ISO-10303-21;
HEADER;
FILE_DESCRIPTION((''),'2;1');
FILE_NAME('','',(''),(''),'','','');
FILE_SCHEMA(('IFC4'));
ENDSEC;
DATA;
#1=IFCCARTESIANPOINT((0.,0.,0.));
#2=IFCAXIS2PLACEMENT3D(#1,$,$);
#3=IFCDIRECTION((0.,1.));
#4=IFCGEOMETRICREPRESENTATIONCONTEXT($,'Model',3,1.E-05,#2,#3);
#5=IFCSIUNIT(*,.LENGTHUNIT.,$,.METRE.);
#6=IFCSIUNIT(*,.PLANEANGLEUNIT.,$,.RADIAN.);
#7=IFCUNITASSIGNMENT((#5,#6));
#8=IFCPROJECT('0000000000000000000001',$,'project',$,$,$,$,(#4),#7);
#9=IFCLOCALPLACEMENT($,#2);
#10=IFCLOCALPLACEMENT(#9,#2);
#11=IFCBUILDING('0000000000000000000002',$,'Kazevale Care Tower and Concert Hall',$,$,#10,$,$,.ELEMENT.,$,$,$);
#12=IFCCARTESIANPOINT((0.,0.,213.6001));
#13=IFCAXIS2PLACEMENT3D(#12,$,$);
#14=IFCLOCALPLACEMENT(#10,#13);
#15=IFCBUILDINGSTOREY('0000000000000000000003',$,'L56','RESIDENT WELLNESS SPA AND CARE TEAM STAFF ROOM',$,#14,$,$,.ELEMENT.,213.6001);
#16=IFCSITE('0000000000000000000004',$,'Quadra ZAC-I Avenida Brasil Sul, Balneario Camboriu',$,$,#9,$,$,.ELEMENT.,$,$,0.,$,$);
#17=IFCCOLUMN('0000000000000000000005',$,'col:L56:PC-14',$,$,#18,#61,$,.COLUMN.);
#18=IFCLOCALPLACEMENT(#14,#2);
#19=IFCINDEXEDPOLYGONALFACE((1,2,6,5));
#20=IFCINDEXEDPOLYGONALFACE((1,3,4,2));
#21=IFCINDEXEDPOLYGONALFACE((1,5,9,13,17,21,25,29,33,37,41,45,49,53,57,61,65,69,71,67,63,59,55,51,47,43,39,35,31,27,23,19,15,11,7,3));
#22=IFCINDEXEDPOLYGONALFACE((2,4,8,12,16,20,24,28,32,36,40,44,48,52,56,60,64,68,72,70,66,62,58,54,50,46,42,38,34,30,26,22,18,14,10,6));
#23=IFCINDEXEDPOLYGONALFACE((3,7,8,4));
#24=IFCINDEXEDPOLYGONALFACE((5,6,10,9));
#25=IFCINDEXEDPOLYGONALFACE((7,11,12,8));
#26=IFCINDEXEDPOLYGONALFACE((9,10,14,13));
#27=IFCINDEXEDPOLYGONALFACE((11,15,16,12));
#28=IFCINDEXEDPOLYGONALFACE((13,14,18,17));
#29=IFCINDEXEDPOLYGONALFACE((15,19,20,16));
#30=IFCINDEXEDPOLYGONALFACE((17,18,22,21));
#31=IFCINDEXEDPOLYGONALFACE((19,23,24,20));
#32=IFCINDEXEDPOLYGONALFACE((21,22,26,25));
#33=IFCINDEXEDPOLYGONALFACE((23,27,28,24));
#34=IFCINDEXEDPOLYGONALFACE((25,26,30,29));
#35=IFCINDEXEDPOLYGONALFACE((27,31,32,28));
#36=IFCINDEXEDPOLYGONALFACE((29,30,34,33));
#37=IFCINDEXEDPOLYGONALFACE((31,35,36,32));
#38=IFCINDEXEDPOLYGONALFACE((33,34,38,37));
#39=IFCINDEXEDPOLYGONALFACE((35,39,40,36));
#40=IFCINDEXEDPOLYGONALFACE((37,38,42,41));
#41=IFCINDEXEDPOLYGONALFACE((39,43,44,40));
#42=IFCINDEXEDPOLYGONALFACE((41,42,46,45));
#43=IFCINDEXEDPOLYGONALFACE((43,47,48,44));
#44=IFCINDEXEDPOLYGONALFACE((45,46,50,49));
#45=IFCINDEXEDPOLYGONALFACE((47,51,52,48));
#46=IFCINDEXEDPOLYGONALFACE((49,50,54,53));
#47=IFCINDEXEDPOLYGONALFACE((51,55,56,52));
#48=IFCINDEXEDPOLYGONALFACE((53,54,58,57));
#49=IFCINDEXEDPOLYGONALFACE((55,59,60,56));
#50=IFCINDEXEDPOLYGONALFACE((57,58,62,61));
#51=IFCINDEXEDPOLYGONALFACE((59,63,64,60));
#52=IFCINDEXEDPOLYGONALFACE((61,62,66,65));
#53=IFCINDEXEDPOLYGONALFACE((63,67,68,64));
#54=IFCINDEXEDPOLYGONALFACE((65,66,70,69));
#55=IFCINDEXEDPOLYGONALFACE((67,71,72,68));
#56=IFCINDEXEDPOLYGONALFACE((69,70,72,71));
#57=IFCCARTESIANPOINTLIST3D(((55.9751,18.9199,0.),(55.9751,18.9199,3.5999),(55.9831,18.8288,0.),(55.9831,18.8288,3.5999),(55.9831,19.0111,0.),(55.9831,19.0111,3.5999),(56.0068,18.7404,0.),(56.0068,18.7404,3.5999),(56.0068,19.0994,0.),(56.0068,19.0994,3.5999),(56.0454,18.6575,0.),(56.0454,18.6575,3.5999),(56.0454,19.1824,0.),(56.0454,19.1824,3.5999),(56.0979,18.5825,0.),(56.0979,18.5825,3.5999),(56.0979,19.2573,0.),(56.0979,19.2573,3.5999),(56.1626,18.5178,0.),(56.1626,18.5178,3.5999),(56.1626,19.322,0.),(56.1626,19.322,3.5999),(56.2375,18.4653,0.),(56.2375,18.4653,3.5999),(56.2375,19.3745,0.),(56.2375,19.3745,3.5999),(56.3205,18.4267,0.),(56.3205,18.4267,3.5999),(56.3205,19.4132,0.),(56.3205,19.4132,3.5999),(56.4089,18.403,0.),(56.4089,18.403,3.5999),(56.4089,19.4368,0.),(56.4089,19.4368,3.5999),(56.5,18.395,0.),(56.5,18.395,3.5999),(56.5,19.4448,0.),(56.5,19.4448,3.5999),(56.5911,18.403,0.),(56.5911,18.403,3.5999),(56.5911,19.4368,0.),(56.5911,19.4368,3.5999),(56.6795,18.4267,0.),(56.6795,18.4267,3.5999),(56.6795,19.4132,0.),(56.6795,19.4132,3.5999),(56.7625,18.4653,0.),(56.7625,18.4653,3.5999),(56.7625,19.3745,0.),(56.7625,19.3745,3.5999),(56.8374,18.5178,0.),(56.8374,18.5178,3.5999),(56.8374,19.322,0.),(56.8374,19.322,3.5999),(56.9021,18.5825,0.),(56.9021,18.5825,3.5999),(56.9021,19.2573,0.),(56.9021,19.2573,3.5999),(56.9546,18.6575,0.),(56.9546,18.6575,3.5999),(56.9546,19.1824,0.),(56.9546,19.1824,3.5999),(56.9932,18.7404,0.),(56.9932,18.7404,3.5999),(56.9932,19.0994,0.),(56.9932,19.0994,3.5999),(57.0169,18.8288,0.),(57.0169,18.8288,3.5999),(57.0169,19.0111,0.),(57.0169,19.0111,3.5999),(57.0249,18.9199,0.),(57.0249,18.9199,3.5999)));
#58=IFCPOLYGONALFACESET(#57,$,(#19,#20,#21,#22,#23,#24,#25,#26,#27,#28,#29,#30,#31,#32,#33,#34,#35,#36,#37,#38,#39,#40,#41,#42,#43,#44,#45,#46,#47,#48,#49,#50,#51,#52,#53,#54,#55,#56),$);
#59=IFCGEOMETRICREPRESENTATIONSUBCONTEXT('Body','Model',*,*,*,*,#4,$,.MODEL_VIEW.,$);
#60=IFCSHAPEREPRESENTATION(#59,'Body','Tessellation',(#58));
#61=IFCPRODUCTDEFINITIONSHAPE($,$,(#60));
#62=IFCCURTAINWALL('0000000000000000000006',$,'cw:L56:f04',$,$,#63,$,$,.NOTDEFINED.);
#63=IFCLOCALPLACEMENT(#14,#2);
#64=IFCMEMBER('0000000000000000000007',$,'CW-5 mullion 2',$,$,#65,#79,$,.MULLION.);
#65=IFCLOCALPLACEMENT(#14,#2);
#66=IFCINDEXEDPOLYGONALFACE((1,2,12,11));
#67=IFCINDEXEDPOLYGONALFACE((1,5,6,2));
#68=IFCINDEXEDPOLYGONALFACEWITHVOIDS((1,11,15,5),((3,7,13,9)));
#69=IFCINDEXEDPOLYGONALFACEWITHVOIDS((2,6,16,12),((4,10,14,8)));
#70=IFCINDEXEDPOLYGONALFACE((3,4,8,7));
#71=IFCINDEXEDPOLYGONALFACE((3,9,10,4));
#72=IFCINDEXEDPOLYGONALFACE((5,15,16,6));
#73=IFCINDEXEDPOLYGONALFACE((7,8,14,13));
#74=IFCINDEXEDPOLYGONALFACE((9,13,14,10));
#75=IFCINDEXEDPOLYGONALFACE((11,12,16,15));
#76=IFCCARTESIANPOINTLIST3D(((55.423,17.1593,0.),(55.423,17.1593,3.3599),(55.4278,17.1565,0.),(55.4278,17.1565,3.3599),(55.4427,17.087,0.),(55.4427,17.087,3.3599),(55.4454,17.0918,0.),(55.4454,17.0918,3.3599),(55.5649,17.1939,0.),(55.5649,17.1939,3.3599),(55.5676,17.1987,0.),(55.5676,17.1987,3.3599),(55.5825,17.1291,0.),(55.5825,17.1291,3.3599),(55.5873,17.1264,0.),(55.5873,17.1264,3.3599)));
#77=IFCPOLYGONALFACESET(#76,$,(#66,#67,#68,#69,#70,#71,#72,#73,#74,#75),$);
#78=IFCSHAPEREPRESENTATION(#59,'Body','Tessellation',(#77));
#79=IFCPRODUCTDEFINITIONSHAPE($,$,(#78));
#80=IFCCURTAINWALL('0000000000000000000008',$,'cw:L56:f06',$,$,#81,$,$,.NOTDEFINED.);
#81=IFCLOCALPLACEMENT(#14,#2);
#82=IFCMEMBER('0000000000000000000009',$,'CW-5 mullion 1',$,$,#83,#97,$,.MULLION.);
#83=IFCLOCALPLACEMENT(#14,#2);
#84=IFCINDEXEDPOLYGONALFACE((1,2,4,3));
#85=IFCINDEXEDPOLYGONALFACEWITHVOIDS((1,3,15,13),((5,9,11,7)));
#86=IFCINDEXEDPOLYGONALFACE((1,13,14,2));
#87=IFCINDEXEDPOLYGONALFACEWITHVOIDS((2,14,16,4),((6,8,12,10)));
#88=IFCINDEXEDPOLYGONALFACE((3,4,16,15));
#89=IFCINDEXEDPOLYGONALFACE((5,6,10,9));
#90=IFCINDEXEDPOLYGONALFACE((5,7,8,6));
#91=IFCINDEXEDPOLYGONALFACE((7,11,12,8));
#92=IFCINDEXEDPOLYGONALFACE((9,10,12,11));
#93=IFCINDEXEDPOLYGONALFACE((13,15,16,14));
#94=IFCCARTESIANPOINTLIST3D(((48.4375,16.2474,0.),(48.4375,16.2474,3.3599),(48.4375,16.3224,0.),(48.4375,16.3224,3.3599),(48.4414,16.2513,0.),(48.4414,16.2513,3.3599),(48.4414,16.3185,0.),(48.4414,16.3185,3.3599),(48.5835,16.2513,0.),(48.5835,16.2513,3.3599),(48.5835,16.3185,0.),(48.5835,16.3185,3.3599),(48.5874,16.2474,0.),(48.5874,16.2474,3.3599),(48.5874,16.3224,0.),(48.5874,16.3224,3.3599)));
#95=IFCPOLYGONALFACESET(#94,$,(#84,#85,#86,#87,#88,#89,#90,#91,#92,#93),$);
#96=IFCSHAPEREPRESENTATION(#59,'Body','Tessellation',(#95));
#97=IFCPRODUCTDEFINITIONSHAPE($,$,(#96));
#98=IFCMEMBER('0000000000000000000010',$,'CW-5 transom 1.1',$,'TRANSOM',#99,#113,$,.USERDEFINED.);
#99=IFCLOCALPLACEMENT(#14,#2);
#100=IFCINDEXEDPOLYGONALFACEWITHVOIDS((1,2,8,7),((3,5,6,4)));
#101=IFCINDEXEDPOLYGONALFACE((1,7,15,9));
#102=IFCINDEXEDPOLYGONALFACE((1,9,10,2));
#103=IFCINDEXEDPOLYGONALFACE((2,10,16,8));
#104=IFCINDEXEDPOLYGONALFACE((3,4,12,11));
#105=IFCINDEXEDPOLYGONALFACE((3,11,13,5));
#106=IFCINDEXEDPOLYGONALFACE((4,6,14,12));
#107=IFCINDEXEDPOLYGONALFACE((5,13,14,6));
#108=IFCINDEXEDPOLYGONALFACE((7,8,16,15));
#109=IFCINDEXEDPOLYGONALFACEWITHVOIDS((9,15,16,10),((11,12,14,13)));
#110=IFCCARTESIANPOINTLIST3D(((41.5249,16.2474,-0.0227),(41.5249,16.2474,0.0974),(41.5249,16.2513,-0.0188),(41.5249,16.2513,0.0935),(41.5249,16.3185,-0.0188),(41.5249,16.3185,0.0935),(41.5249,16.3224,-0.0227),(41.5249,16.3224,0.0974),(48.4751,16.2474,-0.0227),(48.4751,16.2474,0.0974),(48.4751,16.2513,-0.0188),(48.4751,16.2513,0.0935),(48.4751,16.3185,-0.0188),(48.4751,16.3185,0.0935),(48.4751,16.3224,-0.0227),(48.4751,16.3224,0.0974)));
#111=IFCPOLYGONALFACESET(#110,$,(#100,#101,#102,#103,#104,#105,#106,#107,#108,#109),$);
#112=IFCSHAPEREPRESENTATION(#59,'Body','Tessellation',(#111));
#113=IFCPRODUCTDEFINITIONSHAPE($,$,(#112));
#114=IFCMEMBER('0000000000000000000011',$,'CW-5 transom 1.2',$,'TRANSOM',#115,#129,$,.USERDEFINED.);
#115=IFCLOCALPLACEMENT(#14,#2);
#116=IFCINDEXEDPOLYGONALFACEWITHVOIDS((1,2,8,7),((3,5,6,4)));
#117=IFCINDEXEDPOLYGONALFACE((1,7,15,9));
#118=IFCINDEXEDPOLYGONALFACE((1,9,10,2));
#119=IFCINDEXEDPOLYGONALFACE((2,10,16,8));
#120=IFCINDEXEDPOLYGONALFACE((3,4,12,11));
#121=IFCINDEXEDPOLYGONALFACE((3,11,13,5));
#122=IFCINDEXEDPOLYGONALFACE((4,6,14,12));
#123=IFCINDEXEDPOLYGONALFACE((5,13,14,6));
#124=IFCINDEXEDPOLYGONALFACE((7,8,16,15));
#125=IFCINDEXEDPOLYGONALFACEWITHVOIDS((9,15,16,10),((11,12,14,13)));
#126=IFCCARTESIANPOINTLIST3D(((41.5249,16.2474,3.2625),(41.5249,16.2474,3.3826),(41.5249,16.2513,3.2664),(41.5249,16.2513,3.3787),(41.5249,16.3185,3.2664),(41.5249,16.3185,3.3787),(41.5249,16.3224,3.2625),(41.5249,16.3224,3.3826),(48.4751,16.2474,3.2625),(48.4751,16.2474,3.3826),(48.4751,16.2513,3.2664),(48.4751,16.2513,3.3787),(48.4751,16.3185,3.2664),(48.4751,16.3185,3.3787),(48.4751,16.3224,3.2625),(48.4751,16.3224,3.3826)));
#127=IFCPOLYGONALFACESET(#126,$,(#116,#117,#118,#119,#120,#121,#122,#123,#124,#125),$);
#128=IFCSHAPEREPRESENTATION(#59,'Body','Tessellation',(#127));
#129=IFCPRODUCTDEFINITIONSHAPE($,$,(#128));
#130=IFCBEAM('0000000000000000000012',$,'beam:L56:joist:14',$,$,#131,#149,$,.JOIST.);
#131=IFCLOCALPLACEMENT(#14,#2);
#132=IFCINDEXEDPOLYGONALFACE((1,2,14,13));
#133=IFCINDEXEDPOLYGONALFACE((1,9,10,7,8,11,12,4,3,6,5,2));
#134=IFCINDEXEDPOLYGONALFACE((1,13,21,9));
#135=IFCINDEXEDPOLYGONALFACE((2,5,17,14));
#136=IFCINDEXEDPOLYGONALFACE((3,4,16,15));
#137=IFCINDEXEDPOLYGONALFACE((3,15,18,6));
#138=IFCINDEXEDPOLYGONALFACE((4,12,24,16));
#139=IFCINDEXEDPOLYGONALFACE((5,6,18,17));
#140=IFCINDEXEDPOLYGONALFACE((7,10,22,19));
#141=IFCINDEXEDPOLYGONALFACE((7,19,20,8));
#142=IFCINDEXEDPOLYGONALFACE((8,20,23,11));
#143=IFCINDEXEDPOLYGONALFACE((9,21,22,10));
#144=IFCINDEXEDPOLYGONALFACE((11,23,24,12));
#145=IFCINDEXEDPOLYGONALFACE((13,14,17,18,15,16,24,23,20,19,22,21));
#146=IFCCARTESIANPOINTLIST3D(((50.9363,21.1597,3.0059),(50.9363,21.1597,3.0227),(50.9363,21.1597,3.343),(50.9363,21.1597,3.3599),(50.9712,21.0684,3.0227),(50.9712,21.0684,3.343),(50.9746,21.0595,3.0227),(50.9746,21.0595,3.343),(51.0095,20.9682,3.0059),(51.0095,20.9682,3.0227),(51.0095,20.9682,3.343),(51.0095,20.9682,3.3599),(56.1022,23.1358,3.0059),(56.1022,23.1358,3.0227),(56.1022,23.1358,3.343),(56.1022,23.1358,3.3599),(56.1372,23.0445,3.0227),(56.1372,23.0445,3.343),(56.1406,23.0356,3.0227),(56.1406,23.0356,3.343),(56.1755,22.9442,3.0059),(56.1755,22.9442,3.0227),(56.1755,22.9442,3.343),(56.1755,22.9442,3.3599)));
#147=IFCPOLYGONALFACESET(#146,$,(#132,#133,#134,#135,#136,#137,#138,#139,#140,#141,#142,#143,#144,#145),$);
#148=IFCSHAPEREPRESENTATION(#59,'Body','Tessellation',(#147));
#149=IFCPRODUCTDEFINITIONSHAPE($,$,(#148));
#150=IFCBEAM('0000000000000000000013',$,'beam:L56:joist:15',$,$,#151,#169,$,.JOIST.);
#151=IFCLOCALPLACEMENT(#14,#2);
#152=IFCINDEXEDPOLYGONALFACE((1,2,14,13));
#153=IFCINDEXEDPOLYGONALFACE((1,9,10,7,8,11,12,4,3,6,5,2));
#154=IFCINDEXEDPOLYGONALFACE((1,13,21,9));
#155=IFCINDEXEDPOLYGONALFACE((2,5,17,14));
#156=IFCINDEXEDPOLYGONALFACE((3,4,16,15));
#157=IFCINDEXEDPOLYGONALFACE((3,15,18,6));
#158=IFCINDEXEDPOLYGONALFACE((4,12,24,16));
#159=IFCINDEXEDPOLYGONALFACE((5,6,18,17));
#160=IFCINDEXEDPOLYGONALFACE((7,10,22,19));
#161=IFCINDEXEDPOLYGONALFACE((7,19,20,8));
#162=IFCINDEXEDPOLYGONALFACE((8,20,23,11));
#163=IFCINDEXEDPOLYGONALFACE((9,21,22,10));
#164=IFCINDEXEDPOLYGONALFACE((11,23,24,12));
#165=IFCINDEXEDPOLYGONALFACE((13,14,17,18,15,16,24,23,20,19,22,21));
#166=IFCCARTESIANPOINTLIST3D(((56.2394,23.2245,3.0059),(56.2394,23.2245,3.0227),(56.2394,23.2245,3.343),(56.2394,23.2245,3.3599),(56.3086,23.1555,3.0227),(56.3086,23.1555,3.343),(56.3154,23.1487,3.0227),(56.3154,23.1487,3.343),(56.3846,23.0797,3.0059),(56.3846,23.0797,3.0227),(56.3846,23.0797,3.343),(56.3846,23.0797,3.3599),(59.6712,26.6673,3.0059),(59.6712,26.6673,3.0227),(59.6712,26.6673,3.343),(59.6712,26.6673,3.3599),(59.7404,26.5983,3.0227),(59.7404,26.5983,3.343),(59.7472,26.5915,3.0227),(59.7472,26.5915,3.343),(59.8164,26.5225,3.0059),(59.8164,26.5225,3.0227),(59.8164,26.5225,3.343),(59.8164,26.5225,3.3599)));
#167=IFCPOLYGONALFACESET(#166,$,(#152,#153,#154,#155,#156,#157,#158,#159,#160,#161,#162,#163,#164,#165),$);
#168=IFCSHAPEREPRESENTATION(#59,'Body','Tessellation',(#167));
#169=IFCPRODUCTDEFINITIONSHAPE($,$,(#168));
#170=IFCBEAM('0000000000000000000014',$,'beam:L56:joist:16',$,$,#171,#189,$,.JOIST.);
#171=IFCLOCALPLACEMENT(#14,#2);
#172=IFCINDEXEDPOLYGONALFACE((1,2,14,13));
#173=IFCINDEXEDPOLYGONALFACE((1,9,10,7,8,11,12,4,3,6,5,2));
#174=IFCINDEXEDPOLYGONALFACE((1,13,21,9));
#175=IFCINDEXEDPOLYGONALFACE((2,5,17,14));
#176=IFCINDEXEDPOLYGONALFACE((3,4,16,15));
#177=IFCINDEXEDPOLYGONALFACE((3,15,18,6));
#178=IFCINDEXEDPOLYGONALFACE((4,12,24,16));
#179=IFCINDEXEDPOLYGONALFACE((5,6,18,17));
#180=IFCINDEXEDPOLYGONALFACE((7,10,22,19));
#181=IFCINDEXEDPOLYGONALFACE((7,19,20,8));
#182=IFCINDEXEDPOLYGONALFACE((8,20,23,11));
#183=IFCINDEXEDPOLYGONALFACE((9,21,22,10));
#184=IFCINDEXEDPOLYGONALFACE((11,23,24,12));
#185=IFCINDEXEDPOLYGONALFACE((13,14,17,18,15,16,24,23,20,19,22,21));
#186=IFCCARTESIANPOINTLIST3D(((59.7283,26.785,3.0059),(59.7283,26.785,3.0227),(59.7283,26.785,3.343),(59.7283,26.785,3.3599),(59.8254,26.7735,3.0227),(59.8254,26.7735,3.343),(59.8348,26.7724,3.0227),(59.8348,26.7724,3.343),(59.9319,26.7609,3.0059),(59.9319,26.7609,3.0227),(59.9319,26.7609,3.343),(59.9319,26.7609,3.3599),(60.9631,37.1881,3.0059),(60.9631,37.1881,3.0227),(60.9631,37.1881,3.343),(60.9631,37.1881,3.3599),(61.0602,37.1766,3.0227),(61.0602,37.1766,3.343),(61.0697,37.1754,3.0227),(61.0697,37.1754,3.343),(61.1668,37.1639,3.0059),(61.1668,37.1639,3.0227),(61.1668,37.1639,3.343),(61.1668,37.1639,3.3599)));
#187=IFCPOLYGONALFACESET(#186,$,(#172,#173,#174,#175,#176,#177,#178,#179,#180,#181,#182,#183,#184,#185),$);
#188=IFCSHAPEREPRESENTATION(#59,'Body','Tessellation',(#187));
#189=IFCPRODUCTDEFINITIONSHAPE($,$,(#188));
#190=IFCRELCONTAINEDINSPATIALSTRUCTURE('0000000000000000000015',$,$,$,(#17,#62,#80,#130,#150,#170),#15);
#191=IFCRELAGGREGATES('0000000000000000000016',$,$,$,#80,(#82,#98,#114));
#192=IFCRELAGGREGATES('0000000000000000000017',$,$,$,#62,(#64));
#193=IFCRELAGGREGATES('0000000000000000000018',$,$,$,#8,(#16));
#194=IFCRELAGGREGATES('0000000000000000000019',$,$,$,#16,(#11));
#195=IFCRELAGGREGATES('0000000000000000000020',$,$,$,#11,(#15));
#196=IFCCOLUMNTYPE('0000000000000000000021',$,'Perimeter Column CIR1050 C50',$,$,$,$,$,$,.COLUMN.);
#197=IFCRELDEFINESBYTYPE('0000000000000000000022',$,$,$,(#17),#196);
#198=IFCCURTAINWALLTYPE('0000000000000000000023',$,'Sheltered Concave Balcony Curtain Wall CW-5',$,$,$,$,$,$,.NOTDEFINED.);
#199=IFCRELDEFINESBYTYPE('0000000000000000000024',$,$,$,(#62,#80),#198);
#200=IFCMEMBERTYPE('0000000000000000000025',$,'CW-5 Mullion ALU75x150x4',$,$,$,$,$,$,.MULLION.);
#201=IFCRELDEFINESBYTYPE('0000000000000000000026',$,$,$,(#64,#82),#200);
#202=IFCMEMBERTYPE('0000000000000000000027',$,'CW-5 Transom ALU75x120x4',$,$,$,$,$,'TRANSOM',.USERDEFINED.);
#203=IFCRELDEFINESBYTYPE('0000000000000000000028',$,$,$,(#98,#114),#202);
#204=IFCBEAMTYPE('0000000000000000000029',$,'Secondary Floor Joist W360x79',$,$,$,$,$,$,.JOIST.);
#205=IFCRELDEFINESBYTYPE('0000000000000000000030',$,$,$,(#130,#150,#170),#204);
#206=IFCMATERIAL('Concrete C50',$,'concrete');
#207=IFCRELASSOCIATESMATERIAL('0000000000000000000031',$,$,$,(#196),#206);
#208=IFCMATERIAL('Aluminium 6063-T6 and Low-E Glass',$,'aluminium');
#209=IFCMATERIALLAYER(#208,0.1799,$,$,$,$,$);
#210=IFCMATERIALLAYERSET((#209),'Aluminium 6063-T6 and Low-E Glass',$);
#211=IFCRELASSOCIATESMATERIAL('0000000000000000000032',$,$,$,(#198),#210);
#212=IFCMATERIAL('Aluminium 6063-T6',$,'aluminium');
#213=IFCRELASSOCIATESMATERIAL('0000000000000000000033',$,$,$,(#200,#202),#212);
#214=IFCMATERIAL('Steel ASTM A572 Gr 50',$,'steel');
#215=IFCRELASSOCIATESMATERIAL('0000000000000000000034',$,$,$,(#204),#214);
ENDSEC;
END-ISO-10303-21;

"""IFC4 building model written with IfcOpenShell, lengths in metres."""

from ifc_helpers import new_model, si_unit, direction, frame, origin, origin_2d, place, context, subcontext, project, spatial, hollow_rectangle, circle, i_section, extrude, material, layer, layer_set, material_profile, profile_set, type_object, element, aggregate, save


model = new_model("IFC4")

# Units and contexts
model_context = context("Model", 3, precision=1e-05, world=origin(), true_north=direction((0.0, 1.0)))
body_context = subcontext(model_context, "Body", "Model", "MODEL_VIEW")
ifc_project = project(units=[si_unit("LENGTHUNIT", "METRE"), si_unit("PLANEANGLEUNIT", "RADIAN")], contexts=[model_context])

# Site, building, storey
site_placement = place(None, origin())
site = spatial("IfcSite", under=ifc_project, at=site_placement, Name="Quadra ZAC-I Avenida Brasil Sul, Balneario Camboriu", CompositionType="ELEMENT", RefElevation=0.0)
building_placement = place(site_placement, origin())
building = spatial("IfcBuilding", under=site, at=building_placement, Name="Kazevale Care Tower and Concert Hall", CompositionType="ELEMENT")
storey_placement = place(building_placement, frame((0.0, 0.0, 213.6001)))
storey = spatial("IfcBuildingStorey", under=building, at=storey_placement, Name="L56", Description="RESIDENT WELLNESS SPA AND CARE TEAM STAFF ROOM", CompositionType="ELEMENT", Elevation=213.6001)

# Column
ifc_material_1 = material(Name="Concrete C50", Category="concrete")
ifc_material_profile_1 = material_profile(ifc_material_1, circle(Radius=0.5249, at=origin_2d()), Name="RC-CIR1050")
ifc_profile_set_1 = profile_set([ifc_material_profile_1], Name="Concrete C50")
column_type = type_object("IfcColumnType", Name="Perimeter Column CIR1050 C50", PredefinedType="COLUMN", material=ifc_profile_set_1)
column_placement = place(storey_placement, frame((56.5, 18.9199, 0.0), z_axis=(0.0, 0.0, 1.0), x_axis=(1.0, 0.0, 0.0)))
element("IfcColumn", 1, at=column_placement, inside=storey, type_object=column_type, Name="col:L56:PC-14", PredefinedType="COLUMN", context=body_context, shape_type="SweptSolid", body=[
    extrude(circle(Radius=0.5249, at=origin_2d()), origin(), (0.0, 0.0, 1.0), 3.5999),
])

# Curtain wall, member
ifc_material_2 = material(Name="Aluminium 6063-T6 and Low-E Glass", Category="aluminium")
ifc_layer_1 = layer(ifc_material_2, 0.1799)
ifc_layer_set_1 = layer_set([ifc_layer_1], Name="Aluminium 6063-T6 and Low-E Glass")
curtain_wall_type = type_object("IfcCurtainWallType", Name="Sheltered Concave Balcony Curtain Wall CW-5", PredefinedType="NOTDEFINED", material=ifc_layer_set_1)
curtain_wall_1_placement = place(storey_placement, origin())
curtain_wall_1 = element("IfcCurtainWall", 2, at=curtain_wall_1_placement, inside=storey, type_object=curtain_wall_type, Name="cw:L56:f04", PredefinedType="NOTDEFINED")
ifc_material_3 = material(Name="Aluminium 6063-T6", Category="aluminium")
ifc_material_profile_2 = material_profile(ifc_material_3, hollow_rectangle(XDim=0.075, YDim=0.1499, WallThickness=0.0039, at=origin_2d()), Name="ALU75x150x4")
ifc_profile_set_2 = profile_set([ifc_material_profile_2], Name="Aluminium 6063-T6")
member_type_1 = type_object("IfcMemberType", Name="CW-5 Mullion ALU75x150x4", PredefinedType="MULLION", material=ifc_profile_set_2)
member_1_placement = place(storey_placement, frame((55.5051, 17.1428, 0.0), z_axis=(0.0, 0.0, 1.0), x_axis=(0.262849, -0.964837, 0.0)))
member_1 = element("IfcMember", 3, at=member_1_placement, type_object=member_type_1, Name="CW-5 mullion 2", PredefinedType="MULLION", context=body_context, shape_type="SweptSolid", body=[
    extrude(hollow_rectangle(XDim=0.075, YDim=0.1499, WallThickness=0.0039, at=origin_2d()), origin(), (0.0, 0.0, 1.0), 3.3599),
])

# Curtain wall, members
curtain_wall_2_placement = place(storey_placement, origin())
curtain_wall_2 = element("IfcCurtainWall", 4, at=curtain_wall_2_placement, inside=storey, type_object=curtain_wall_type, Name="cw:L56:f06", PredefinedType="NOTDEFINED")
member_2_placement = place(storey_placement, frame((48.5125, 16.2849, 0.0), z_axis=(0.0, 0.0, 1.0), x_axis=(0.0, -1.0, 0.0)))
member_2 = element("IfcMember", 5, at=member_2_placement, type_object=member_type_1, Name="CW-5 mullion 1", PredefinedType="MULLION", context=body_context, shape_type="SweptSolid", body=[
    extrude(hollow_rectangle(XDim=0.075, YDim=0.1499, WallThickness=0.0039, at=origin_2d()), origin(), (0.0, 0.0, 1.0), 3.3599),
])
ifc_material_profile_3 = material_profile(ifc_material_3, hollow_rectangle(XDim=0.075, YDim=0.1201, WallThickness=0.0039, at=origin_2d()), Name="ALU75x120x4")
ifc_profile_set_3 = profile_set([ifc_material_profile_3], Name="Aluminium 6063-T6")
member_type_2 = type_object("IfcMemberType", Name="CW-5 Transom ALU75x120x4", ElementType="TRANSOM", PredefinedType="USERDEFINED", material=ifc_profile_set_3)
member_3_placement = place(storey_placement, frame((48.4751, 16.2849, 0.0374), z_axis=(-1.0, 0.0, 0.0), x_axis=(0.0, -1.0, 0.0)))
member_3 = element("IfcMember", 6, at=member_3_placement, type_object=member_type_2, Name="CW-5 transom 1.1", ObjectType="TRANSOM", PredefinedType="USERDEFINED", context=body_context, shape_type="SweptSolid", body=[
    extrude(hollow_rectangle(XDim=0.075, YDim=0.1201, WallThickness=0.0039, at=origin_2d()), origin(), (0.0, 0.0, 1.0), 6.9502),
])
member_4_placement = place(storey_placement, frame((48.4751, 16.2849, 3.3225), z_axis=(-1.0, 0.0, 0.0), x_axis=(0.0, -1.0, 0.0)))
member_4 = element("IfcMember", 7, at=member_4_placement, type_object=member_type_2, Name="CW-5 transom 1.2", ObjectType="TRANSOM", PredefinedType="USERDEFINED", context=body_context, shape_type="SweptSolid", body=[
    extrude(hollow_rectangle(XDim=0.075, YDim=0.1201, WallThickness=0.0039, at=origin_2d()), origin(), (0.0, 0.0, 1.0), 6.9502),
])
aggregate(curtain_wall_2, [member_2, member_3, member_4])

# Beams
ifc_material_4 = material(Name="Steel ASTM A572 Gr 50", Category="steel")
ifc_material_profile_4 = material_profile(ifc_material_4, i_section(OverallWidth=0.2051, OverallDepth=0.354, WebThickness=0.0095, FlangeThickness=0.0168, at=origin_2d()), Name="W360x79")
ifc_profile_set_4 = profile_set([ifc_material_profile_4], Name="Steel ASTM A572 Gr 50")
beam_type_1 = type_object("IfcBeamType", Name="Secondary Floor Joist W360x79", PredefinedType="JOIST", material=ifc_profile_set_4)
beam_1_placement = place(storey_placement, frame((50.9729, 21.064, 3.1829), z_axis=(0.934002, 0.357269, 0.0), x_axis=(-0.357269, 0.934002, 0.0)))
element("IfcBeam", 8, at=beam_1_placement, inside=storey, type_object=beam_type_1, Name="beam:L56:joist:14", PredefinedType="JOIST", context=body_context, shape_type="SweptSolid", body=[
    extrude(i_section(OverallWidth=0.2051, OverallDepth=0.354, WebThickness=0.0095, FlangeThickness=0.0168, at=origin_2d()), origin(), (0.0, 0.0, 1.0), 5.531),
])
beam_2_placement = place(storey_placement, frame((56.312, 23.1521, 3.1829), z_axis=(0.705976, 0.708236, 0.0), x_axis=(-0.708236, 0.705976, 0.0)))
element("IfcBeam", 9, at=beam_2_placement, inside=storey, type_object=beam_type_1, Name="beam:L56:joist:15", PredefinedType="JOIST", context=body_context, shape_type="SweptSolid", body=[
    extrude(i_section(OverallWidth=0.2051, OverallDepth=0.354, WebThickness=0.0095, FlangeThickness=0.0168, at=origin_2d()), origin(), (0.0, 0.0, 1.0), 4.8611),
])
beam_3_placement = place(storey_placement, frame((59.8301, 26.7729, 3.1829), z_axis=(0.117874, 0.993029, 0.0), x_axis=(-0.993029, 0.117874, 0.0)))
element("IfcBeam", 10, at=beam_3_placement, inside=storey, type_object=beam_type_1, Name="beam:L56:joist:16", PredefinedType="JOIST", context=body_context, shape_type="SweptSolid", body=[
    extrude(i_section(OverallWidth=0.2051, OverallDepth=0.354, WebThickness=0.0095, FlangeThickness=0.0168, at=origin_2d()), origin(), (0.0, 0.0, 1.0), 10.4761),
])

aggregate(curtain_wall_1, [member_1])

save(model, "model.ifc")
